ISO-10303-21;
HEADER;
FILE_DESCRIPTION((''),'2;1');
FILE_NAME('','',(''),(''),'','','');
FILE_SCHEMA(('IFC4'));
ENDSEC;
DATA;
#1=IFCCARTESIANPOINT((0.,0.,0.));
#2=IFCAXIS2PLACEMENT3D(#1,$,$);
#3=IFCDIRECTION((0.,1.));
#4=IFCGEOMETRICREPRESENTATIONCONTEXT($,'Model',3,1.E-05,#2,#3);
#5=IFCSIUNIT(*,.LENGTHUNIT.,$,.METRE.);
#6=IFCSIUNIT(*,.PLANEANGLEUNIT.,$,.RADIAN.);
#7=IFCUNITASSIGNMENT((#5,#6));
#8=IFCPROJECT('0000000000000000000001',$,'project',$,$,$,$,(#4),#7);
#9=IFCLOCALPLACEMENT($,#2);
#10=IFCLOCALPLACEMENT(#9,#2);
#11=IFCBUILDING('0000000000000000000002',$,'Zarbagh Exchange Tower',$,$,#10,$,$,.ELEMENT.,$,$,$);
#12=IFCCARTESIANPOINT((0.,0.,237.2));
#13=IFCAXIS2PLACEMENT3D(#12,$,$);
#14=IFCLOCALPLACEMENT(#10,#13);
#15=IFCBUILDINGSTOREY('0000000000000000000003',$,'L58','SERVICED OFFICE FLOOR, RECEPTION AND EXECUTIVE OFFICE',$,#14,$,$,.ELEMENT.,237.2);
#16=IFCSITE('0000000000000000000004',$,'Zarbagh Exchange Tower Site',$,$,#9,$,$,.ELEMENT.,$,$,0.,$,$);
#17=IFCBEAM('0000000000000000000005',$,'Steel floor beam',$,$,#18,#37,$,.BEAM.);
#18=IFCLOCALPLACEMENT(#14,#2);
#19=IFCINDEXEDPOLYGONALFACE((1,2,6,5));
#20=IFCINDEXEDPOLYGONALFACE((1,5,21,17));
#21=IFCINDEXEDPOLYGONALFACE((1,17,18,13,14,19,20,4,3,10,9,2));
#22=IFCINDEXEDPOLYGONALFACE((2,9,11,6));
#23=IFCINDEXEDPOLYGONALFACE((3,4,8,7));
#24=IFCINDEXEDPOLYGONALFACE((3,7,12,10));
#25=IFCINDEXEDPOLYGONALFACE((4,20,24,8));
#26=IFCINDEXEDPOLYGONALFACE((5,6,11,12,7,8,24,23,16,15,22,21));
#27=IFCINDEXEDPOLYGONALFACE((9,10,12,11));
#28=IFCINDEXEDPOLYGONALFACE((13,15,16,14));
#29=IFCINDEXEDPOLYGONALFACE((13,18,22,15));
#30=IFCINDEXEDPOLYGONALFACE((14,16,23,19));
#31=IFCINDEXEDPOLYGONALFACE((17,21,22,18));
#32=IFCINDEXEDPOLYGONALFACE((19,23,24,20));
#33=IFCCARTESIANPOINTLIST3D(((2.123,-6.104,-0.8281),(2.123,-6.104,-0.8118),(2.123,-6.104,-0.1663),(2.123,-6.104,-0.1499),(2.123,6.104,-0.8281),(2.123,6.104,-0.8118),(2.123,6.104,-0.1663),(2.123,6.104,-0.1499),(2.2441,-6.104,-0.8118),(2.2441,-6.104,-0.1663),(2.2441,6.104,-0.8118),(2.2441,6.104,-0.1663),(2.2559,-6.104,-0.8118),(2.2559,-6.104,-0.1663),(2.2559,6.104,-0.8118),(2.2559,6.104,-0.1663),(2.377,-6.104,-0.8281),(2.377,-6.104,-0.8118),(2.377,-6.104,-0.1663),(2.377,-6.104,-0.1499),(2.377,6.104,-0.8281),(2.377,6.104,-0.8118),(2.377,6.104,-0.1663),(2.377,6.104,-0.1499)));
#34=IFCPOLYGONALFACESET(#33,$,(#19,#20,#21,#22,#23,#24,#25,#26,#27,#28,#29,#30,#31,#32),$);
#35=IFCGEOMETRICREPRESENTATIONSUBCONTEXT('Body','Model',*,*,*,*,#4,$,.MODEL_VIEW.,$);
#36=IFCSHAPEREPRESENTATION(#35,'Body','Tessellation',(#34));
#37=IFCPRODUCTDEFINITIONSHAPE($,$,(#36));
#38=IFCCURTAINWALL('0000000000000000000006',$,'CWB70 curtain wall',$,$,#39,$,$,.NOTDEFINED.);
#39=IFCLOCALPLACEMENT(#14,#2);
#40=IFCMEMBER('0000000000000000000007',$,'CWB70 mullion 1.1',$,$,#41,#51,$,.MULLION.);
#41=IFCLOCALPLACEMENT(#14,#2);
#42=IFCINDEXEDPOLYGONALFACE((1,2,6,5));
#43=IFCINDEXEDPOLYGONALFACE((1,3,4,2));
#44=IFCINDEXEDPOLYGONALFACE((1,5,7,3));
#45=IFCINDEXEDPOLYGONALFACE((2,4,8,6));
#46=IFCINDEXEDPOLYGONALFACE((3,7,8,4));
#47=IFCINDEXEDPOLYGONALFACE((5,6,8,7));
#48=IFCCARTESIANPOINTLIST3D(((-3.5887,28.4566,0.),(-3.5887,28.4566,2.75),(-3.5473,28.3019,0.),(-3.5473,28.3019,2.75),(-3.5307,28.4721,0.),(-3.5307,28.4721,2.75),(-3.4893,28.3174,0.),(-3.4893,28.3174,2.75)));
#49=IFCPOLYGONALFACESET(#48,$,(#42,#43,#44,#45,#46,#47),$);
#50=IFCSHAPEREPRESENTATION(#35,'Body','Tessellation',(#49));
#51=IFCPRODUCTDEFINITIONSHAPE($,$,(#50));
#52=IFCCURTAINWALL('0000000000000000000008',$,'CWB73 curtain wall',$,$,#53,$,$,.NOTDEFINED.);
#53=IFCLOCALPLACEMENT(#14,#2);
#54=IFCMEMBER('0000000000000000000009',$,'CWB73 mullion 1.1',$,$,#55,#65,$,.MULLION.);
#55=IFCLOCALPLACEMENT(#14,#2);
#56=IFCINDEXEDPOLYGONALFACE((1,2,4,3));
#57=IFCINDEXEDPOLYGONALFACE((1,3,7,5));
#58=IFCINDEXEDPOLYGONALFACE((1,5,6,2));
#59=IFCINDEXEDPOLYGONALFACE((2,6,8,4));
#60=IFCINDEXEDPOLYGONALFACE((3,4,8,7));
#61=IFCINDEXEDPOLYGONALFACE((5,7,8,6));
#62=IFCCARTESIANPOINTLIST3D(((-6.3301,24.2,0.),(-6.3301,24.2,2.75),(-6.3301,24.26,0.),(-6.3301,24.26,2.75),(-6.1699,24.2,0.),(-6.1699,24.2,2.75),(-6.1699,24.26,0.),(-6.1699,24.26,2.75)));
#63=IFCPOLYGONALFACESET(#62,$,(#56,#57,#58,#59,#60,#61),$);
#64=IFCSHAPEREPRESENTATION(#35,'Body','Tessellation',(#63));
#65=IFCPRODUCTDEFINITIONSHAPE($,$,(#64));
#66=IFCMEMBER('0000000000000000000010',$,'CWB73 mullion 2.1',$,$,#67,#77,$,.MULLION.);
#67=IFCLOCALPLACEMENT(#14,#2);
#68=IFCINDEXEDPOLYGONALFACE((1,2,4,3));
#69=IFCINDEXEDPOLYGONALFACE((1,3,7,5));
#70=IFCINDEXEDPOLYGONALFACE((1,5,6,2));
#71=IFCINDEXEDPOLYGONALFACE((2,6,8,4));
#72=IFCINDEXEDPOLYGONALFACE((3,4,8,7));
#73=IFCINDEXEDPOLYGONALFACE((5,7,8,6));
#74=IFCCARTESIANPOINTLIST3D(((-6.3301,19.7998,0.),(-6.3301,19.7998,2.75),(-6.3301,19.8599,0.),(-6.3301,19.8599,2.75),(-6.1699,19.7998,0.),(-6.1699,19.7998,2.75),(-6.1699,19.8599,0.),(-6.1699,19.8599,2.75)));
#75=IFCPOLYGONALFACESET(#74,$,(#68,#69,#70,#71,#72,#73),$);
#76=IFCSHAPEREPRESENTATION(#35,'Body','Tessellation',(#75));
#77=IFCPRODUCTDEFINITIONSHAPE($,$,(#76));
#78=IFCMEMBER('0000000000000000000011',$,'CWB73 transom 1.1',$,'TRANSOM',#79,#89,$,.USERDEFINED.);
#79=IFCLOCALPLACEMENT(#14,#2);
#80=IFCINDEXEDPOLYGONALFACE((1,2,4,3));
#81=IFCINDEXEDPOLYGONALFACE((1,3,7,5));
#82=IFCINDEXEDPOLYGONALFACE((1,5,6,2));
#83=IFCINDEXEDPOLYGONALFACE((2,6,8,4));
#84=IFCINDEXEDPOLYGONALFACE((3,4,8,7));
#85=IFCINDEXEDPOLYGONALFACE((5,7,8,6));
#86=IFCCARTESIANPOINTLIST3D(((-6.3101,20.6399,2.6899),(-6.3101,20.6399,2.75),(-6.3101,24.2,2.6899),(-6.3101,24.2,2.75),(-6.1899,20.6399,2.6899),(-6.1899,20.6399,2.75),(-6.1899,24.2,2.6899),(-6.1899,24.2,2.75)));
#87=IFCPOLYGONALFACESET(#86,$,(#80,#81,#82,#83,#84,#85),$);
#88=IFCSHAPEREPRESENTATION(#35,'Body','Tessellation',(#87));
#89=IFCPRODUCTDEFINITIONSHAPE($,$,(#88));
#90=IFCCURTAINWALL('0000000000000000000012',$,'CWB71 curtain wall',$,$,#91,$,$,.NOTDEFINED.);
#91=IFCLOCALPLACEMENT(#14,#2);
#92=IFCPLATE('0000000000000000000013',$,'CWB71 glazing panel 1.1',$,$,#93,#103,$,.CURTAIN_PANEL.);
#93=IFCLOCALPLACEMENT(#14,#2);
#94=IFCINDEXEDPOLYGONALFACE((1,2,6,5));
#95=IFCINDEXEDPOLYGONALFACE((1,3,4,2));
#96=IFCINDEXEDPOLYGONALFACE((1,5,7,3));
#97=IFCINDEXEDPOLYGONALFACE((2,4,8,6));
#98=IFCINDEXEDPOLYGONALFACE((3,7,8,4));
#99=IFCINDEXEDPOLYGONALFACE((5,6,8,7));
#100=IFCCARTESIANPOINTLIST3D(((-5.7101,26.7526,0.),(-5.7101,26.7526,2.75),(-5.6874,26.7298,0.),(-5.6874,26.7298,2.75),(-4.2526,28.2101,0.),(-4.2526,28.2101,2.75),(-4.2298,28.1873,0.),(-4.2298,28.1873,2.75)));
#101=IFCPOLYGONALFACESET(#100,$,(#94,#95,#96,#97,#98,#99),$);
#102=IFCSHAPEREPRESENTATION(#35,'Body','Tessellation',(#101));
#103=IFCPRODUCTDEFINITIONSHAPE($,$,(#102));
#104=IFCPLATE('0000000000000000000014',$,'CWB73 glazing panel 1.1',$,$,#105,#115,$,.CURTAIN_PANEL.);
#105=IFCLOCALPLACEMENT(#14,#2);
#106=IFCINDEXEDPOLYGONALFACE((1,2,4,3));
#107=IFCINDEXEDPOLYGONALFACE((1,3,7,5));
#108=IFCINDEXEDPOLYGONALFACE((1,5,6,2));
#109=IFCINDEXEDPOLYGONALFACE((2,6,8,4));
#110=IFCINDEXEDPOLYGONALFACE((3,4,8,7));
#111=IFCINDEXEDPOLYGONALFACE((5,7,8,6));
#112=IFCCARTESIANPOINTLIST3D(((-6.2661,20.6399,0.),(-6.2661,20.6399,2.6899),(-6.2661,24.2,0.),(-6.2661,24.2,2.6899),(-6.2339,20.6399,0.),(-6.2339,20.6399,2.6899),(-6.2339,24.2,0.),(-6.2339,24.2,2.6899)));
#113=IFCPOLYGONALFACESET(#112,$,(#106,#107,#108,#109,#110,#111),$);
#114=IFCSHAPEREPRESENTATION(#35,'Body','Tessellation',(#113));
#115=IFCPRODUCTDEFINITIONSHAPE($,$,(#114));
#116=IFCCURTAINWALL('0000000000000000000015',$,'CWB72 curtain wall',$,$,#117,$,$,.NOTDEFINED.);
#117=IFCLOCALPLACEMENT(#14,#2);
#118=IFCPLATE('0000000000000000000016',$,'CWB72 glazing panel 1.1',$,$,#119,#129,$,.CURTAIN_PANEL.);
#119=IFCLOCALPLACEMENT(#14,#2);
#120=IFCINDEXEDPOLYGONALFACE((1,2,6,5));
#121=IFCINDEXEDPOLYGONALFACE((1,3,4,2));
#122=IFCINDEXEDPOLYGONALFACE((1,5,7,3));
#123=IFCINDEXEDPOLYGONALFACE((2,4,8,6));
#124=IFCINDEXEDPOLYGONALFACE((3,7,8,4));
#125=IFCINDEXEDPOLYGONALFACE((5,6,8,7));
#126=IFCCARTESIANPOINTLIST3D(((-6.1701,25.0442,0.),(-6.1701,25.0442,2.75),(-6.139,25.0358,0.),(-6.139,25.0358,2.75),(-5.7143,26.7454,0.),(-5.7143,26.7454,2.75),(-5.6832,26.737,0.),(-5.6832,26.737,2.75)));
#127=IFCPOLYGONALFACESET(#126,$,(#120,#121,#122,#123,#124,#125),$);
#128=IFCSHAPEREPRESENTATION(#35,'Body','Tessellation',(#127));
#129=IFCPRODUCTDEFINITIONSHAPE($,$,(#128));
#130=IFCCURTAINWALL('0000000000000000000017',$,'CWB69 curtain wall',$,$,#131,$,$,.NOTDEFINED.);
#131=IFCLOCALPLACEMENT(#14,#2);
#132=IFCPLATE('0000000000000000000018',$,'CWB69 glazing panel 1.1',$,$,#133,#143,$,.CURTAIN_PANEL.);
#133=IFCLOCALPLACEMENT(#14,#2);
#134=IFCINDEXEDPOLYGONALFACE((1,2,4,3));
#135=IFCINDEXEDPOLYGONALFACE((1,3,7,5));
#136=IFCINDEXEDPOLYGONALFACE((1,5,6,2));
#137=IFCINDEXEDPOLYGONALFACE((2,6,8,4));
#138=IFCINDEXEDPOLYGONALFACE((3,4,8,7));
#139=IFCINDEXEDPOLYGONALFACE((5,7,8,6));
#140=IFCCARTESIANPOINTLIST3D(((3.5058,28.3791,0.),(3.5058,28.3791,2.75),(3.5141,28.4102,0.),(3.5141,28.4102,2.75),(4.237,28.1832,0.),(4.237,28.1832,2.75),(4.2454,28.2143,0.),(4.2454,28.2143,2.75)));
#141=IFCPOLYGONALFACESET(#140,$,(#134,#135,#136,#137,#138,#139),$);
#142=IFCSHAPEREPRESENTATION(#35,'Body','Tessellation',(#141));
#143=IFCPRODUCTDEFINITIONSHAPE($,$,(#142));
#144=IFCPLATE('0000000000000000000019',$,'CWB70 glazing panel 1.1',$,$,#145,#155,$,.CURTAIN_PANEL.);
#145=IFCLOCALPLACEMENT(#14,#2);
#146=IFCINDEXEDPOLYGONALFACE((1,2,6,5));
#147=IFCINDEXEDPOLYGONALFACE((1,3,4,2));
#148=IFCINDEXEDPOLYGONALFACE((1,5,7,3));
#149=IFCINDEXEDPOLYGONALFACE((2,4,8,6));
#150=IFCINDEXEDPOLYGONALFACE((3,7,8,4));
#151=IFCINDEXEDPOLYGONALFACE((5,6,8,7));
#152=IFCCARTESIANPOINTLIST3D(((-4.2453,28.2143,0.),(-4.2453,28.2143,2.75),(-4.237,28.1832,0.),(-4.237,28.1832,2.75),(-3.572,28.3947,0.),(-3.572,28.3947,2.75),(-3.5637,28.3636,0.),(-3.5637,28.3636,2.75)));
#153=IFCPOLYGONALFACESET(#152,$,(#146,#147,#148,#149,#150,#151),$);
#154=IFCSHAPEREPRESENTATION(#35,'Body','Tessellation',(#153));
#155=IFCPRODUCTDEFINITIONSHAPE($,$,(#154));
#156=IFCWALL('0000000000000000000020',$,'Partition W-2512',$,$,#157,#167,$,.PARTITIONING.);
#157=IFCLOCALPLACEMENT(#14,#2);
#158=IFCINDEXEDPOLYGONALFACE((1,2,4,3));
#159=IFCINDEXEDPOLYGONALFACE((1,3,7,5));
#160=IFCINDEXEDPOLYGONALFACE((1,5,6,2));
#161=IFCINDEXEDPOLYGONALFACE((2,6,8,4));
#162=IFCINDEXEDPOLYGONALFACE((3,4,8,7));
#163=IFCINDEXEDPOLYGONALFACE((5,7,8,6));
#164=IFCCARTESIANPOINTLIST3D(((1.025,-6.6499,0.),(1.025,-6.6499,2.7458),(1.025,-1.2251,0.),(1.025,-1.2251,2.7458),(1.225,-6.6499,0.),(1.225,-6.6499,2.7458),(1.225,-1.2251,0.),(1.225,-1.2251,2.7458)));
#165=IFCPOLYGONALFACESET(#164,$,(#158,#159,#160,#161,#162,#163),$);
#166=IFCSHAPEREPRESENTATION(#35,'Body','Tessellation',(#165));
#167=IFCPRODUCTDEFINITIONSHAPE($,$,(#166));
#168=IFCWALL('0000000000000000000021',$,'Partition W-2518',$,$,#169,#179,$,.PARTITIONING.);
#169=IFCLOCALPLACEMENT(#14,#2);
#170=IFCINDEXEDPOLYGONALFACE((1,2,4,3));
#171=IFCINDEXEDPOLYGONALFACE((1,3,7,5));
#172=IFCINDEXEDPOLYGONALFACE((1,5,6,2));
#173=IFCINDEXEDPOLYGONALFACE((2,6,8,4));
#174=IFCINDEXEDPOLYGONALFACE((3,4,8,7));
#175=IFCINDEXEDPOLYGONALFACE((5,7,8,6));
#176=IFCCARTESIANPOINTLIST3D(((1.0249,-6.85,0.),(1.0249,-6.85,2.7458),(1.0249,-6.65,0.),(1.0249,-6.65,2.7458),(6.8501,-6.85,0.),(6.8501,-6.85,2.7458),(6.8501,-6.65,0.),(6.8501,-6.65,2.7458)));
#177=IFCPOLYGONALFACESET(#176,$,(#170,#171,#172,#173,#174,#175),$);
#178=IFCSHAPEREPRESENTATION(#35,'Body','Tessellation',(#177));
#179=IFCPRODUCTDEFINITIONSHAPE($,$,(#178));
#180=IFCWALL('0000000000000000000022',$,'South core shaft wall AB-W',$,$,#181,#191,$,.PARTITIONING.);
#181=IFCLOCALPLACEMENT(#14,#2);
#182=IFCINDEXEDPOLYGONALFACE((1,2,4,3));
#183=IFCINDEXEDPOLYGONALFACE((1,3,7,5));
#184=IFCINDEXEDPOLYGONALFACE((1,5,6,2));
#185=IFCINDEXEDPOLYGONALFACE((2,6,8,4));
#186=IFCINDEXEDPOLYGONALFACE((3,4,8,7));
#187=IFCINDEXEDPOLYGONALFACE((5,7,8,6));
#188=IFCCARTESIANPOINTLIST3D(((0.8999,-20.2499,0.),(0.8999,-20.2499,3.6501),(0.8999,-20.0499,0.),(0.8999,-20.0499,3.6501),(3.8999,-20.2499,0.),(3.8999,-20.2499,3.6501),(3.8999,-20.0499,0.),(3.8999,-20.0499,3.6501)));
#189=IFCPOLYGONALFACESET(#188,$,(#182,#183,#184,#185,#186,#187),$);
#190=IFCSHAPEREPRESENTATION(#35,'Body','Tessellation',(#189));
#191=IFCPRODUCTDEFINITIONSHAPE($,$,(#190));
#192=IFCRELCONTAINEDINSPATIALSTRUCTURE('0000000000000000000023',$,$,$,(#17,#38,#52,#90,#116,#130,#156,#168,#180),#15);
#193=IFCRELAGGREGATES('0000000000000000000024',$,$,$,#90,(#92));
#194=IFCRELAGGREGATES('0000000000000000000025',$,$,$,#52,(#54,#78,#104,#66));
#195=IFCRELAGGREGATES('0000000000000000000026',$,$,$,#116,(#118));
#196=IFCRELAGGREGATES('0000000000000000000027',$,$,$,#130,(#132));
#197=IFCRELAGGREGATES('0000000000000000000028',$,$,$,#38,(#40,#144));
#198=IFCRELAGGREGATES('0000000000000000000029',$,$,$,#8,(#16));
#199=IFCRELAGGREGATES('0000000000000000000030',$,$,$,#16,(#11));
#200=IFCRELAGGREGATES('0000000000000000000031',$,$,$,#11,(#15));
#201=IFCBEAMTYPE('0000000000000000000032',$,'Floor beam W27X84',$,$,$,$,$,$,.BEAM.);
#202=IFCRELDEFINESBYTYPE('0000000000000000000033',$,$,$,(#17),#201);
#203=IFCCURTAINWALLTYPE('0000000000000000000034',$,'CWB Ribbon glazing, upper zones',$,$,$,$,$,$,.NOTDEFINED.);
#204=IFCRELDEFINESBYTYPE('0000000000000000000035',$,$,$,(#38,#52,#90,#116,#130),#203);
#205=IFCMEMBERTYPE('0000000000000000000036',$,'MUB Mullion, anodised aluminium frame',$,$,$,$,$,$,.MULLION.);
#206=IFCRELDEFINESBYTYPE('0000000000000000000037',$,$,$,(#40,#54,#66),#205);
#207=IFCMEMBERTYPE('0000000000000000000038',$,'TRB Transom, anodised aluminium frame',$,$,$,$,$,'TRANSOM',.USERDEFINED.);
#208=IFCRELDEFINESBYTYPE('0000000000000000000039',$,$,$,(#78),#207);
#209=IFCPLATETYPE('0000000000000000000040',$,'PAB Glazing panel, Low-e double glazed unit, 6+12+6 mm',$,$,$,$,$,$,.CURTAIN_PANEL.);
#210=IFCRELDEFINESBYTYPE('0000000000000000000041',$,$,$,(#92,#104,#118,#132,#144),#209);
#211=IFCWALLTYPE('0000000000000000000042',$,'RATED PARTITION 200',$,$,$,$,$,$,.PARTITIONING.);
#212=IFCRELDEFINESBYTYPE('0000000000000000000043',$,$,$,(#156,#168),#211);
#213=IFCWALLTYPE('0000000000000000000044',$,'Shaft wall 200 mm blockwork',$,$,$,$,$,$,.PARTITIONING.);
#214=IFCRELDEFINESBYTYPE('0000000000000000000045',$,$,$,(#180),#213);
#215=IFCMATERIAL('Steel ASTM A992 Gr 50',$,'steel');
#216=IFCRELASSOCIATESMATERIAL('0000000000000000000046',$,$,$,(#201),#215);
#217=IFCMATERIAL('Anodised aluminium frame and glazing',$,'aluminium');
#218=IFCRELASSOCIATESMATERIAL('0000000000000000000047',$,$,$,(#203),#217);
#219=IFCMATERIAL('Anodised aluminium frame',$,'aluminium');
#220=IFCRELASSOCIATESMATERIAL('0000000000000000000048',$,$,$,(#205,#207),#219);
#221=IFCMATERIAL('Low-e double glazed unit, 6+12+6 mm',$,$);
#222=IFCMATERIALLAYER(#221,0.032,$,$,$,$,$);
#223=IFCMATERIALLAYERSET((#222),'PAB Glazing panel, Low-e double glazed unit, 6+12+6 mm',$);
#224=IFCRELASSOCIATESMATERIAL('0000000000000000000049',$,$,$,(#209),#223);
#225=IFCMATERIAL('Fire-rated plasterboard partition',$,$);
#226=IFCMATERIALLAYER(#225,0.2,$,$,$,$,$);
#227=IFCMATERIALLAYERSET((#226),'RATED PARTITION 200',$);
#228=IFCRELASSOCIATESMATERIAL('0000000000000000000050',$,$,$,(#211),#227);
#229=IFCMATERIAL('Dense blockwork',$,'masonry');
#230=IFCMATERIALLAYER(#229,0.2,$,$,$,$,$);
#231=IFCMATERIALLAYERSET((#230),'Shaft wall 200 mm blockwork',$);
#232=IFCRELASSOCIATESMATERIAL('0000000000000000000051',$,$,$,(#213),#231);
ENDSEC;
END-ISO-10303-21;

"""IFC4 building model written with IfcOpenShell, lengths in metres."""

from ifc_helpers import new_model, si_unit, direction, frame, frame_2d, origin, origin_2d, place, context, subcontext, project, spatial, polyline, rectangle, i_section, outline, extrude, source, transform, mapped, material, layer, layer_set, material_profile, profile_set, type_object, element, aggregate, save


model = new_model("IFC4")

# Units and contexts
model_context = context("Model", 3, precision=1e-05, world=origin(), true_north=direction((0.0, 1.0)))
body_context = subcontext(model_context, "Body", "Model", "MODEL_VIEW")
ifc_project = project(units=[si_unit("LENGTHUNIT", "METRE"), si_unit("PLANEANGLEUNIT", "RADIAN")], contexts=[model_context])

# Site, building, storey
site_placement = place(None, origin())
site = spatial("IfcSite", under=ifc_project, at=site_placement, Name="Zarbagh Exchange Tower Site", CompositionType="ELEMENT", RefElevation=0.0)
building_placement = place(site_placement, origin())
building = spatial("IfcBuilding", under=site, at=building_placement, Name="Zarbagh Exchange Tower", CompositionType="ELEMENT")
storey_placement = place(building_placement, frame((0.0, 0.0, 237.2)))
storey = spatial("IfcBuildingStorey", under=building, at=storey_placement, Name="L58", Description="SERVICED OFFICE FLOOR, RECEPTION AND EXECUTIVE OFFICE", CompositionType="ELEMENT", Elevation=237.2)

# Beam
ifc_material_1 = material(Name="Steel ASTM A992 Gr 50", Category="steel")
ifc_material_profile = material_profile(ifc_material_1, i_section(OverallWidth=0.2539, OverallDepth=0.6782, WebThickness=0.0117, FlangeThickness=0.0164, at=origin_2d()), Name="W27X84")
ifc_profile_set = profile_set([ifc_material_profile], Name="Steel ASTM A992 Gr 50")
beam_type = type_object("IfcBeamType", Name="Floor beam W27X84", PredefinedType="BEAM", material=ifc_profile_set)
beam_placement = place(storey_placement, frame((2.25, -6.104, -0.489), z_axis=(0.0, 1.0, 0.0), x_axis=(-1.0, 0.0, 0.0)))
element("IfcBeam", 1, at=beam_placement, inside=storey, type_object=beam_type, Name="Steel floor beam", PredefinedType="BEAM", context=body_context, shape_type="SweptSolid", body=[
    extrude(i_section(OverallWidth=0.2539, OverallDepth=0.6782, WebThickness=0.0117, FlangeThickness=0.0164, at=origin_2d()), origin(), (0.0, 0.0, 1.0), 12.208),
])

# Curtain wall, member
ifc_material_2 = material(Name="Anodised aluminium frame and glazing", Category="aluminium")
curtain_wall_type = type_object("IfcCurtainWallType", Name="CWB Ribbon glazing, upper zones", PredefinedType="NOTDEFINED", material=ifc_material_2)
curtain_wall_1_placement = place(storey_placement, origin())
curtain_wall_1 = element("IfcCurtainWall", 2, at=curtain_wall_1_placement, inside=storey, type_object=curtain_wall_type, Name="CWB70 curtain wall", PredefinedType="NOTDEFINED")
ifc_material_3 = material(Name="Anodised aluminium frame", Category="aluminium")
member_type_1 = type_object("IfcMemberType", Name="MUB Mullion, anodised aluminium frame", PredefinedType="MULLION", material=ifc_material_3)
shared_shape_1 = source(origin(), body_context, "Body", "SweptSolid", [
    extrude(outline(polyline([(0.0, -0.0801), (0.0601, -0.0801), (0.0601, 0.0801), (0.0, 0.0801), (0.0, -0.0801)])), origin(), (0.0, 0.0, 1.0), 2.75),
])
placement = place(storey_placement, origin())
member_1 = element("IfcMember", 3, at=placement, type_object=member_type_1, Name="CWB70 mullion 1.1", PredefinedType="MULLION", context=body_context, shape_type="MappedRepresentation", body=[
    mapped(shared_shape_1, transform((-3.51, 28.3948, 0.0), x_axis=(-0.965924, -0.258825, 0.0), y_axis=(0.258825, -0.965924, 0.0), z_axis=(0.0, 0.0, 1.0))),
])

# Curtain wall, members
curtain_wall_2_placement = place(storey_placement, origin())
curtain_wall_2 = element("IfcCurtainWall", 4, at=curtain_wall_2_placement, inside=storey, type_object=curtain_wall_type, Name="CWB73 curtain wall", PredefinedType="NOTDEFINED")
member_2 = element("IfcMember", 5, at=placement, type_object=member_type_1, Name="CWB73 mullion 1.1", PredefinedType="MULLION", context=body_context, shape_type="MappedRepresentation", body=[
    mapped(shared_shape_1, transform((-6.25, 24.26, 0.0), x_axis=(0.0, -1.0, 0.0), y_axis=(1.0, 0.0, 0.0), z_axis=(0.0, 0.0, 1.0))),
])
member_3 = element("IfcMember", 6, at=placement, type_object=member_type_1, Name="CWB73 mullion 2.1", PredefinedType="MULLION", context=body_context, shape_type="MappedRepresentation", body=[
    mapped(shared_shape_1, transform((-6.25, 19.8599, 0.0), x_axis=(0.0, -1.0, 0.0), y_axis=(1.0, 0.0, 0.0), z_axis=(0.0, 0.0, 1.0))),
])
member_type_2 = type_object("IfcMemberType", Name="TRB Transom, anodised aluminium frame", ElementType="TRANSOM", PredefinedType="USERDEFINED", material=ifc_material_3)
shared_shape_2 = source(origin(), body_context, "Body", "SweptSolid", [
    extrude(outline(polyline([(-0.0601, -0.0601), (0.0, -0.0601), (0.0, 0.0601), (-0.0601, 0.0601), (-0.0601, -0.0601)])), origin(), (0.0, 0.0, 1.0), 3.5601),
])
member_4 = element("IfcMember", 7, at=placement, type_object=member_type_2, Name="CWB73 transom 1.1", ObjectType="TRANSOM", PredefinedType="USERDEFINED", context=body_context, shape_type="MappedRepresentation", body=[
    mapped(shared_shape_2, transform((-6.25, 24.2, 2.75), x_axis=(0.0, 0.0, 1.0), y_axis=(-1.0, 0.0, 0.0), z_axis=(0.0, -1.0, 0.0))),
])

# Curtain wall, plate
curtain_wall_3_placement = place(storey_placement, origin())
curtain_wall_3 = element("IfcCurtainWall", 8, at=curtain_wall_3_placement, inside=storey, type_object=curtain_wall_type, Name="CWB71 curtain wall", PredefinedType="NOTDEFINED")
ifc_material_4 = material(Name="Low-e double glazed unit, 6+12+6 mm")
ifc_layer_1 = layer(ifc_material_4, 0.032)
ifc_layer_set_1 = layer_set([ifc_layer_1], Name="PAB Glazing panel, Low-e double glazed unit, 6+12+6 mm")
plate_type = type_object("IfcPlateType", Name="PAB Glazing panel, Low-e double glazed unit, 6+12+6 mm", PredefinedType="CURTAIN_PANEL", material=ifc_layer_set_1)
shared_shape_3 = source(origin(), body_context, "Body", "SweptSolid", [
    extrude(outline(polyline([(0.0, -0.0161), (2.0613, -0.0161), (2.0613, 0.0161), (0.0, 0.0161), (0.0, -0.0161)])), origin(), (0.0, 0.0, 1.0), 2.75),
])
plate_1 = element("IfcPlate", 9, at=placement, type_object=plate_type, Name="CWB71 glazing panel 1.1", PredefinedType="CURTAIN_PANEL", context=body_context, shape_type="MappedRepresentation", body=[
    mapped(shared_shape_3, transform((-4.2412, 28.1987, 0.0), x_axis=(-0.707107, -0.707107, 0.0), y_axis=(0.707107, -0.707107, 0.0), z_axis=(0.0, 0.0, 1.0))),
])
aggregate(curtain_wall_3, [plate_1])

# Plate
shared_shape_4 = source(origin(), body_context, "Body", "SweptSolid", [
    extrude(outline(polyline([(0.0, -0.0161), (3.5601, -0.0161), (3.5601, 0.0161), (0.0, 0.0161), (0.0, -0.0161)])), origin(), (0.0, 0.0, 1.0), 2.6899),
])
plate_2 = element("IfcPlate", 10, at=placement, type_object=plate_type, Name="CWB73 glazing panel 1.1", PredefinedType="CURTAIN_PANEL", context=body_context, shape_type="MappedRepresentation", body=[
    mapped(shared_shape_4, transform((-6.25, 24.2, 0.0), x_axis=(0.0, -1.0, 0.0), y_axis=(1.0, 0.0, 0.0), z_axis=(0.0, 0.0, 1.0))),
])
aggregate(curtain_wall_2, [member_2, member_4, plate_2, member_3])

# Curtain walls, plates
curtain_wall_4_placement = place(storey_placement, origin())
curtain_wall_4 = element("IfcCurtainWall", 11, at=curtain_wall_4_placement, inside=storey, type_object=curtain_wall_type, Name="CWB72 curtain wall", PredefinedType="NOTDEFINED")
shared_shape_5 = source(origin(), body_context, "Body", "SweptSolid", [
    extrude(outline(polyline([(0.0, -0.0161), (1.7612, -0.0161), (1.7612, 0.0161), (0.0, 0.0161), (0.0, -0.0161)])), origin(), (0.0, 0.0, 1.0), 2.75),
])
plate_3 = element("IfcPlate", 12, at=placement, type_object=plate_type, Name="CWB72 glazing panel 1.1", PredefinedType="CURTAIN_PANEL", context=body_context, shape_type="MappedRepresentation", body=[
    mapped(shared_shape_5, transform((-5.6987, 26.7412, 0.0), x_axis=(-0.258825, -0.965924, 0.0), y_axis=(0.965924, -0.258825, 0.0), z_axis=(0.0, 0.0, 1.0))),
])
aggregate(curtain_wall_4, [plate_3])
curtain_wall_5_placement = place(storey_placement, origin())
curtain_wall_5 = element("IfcCurtainWall", 13, at=curtain_wall_5_placement, inside=storey, type_object=curtain_wall_type, Name="CWB69 curtain wall", PredefinedType="NOTDEFINED")
shared_shape_6 = source(origin(), body_context, "Body", "SweptSolid", [
    extrude(outline(polyline([(0.0, -0.0161), (0.7571, -0.0161), (0.7571, 0.0161), (0.0, 0.0161), (0.0, -0.0161)])), origin(), (0.0, 0.0, 1.0), 2.75),
])
plate_4 = element("IfcPlate", 14, at=placement, type_object=plate_type, Name="CWB69 glazing panel 1.1", PredefinedType="CURTAIN_PANEL", context=body_context, shape_type="MappedRepresentation", body=[
    mapped(shared_shape_6, transform((4.2412, 28.1987, 0.0), x_axis=(-0.965924, 0.258825, 0.0), y_axis=(-0.258825, -0.965924, 0.0), z_axis=(0.0, 0.0, 1.0))),
])
aggregate(curtain_wall_5, [plate_4])

# Plate
shared_shape_7 = source(origin(), body_context, "Body", "SweptSolid", [
    extrude(outline(polyline([(0.0, -0.0161), (0.697, -0.0161), (0.697, 0.0161), (0.0, 0.0161), (0.0, -0.0161)])), origin(), (0.0, 0.0, 1.0), 2.75),
])
plate_5 = element("IfcPlate", 15, at=placement, type_object=plate_type, Name="CWB70 glazing panel 1.1", PredefinedType="CURTAIN_PANEL", context=body_context, shape_type="MappedRepresentation", body=[
    mapped(shared_shape_7, transform((-3.5679, 28.3792, 0.0), x_axis=(-0.965924, -0.258825, 0.0), y_axis=(0.258825, -0.965924, 0.0), z_axis=(0.0, 0.0, 1.0))),
])
aggregate(curtain_wall_1, [member_1, plate_5])

# Walls
ifc_material_5 = material(Name="Fire-rated plasterboard partition")
ifc_layer_2 = layer(ifc_material_5, 0.2)
ifc_layer_set_2 = layer_set([ifc_layer_2], Name="RATED PARTITION 200")
wall_type_1 = type_object("IfcWallType", Name="RATED PARTITION 200", PredefinedType="PARTITIONING", material=ifc_layer_set_2)
wall_1_placement = place(storey_placement, frame((1.125, -6.6499, 0.0), z_axis=(0.0, 0.0, 1.0), x_axis=(0.0, 1.0, 0.0)))
element("IfcWall", 16, at=wall_1_placement, inside=storey, type_object=wall_type_1, Name="Partition W-2512", PredefinedType="PARTITIONING", context=body_context, shape_type="SweptSolid", body=[
    extrude(rectangle(XDim=5.4248, YDim=0.2, at=frame_2d((2.7124, 0.0))), origin(), (0.0, 0.0, 1.0), 2.7458),
])
wall_2_placement = place(storey_placement, frame((1.0249, -6.75, 0.0), z_axis=(0.0, 0.0, 1.0), x_axis=(1.0, 0.0, 0.0)))
element("IfcWall", 17, at=wall_2_placement, inside=storey, type_object=wall_type_1, Name="Partition W-2518", PredefinedType="PARTITIONING", context=body_context, shape_type="SweptSolid", body=[
    extrude(rectangle(XDim=5.8252, YDim=0.2, at=frame_2d((2.9126, 0.0))), origin(), (0.0, 0.0, 1.0), 2.7458),
])
ifc_material_6 = material(Name="Dense blockwork", Category="masonry")
ifc_layer_3 = layer(ifc_material_6, 0.2)
ifc_layer_set_3 = layer_set([ifc_layer_3], Name="Shaft wall 200 mm blockwork")
wall_type_2 = type_object("IfcWallType", Name="Shaft wall 200 mm blockwork", PredefinedType="PARTITIONING", material=ifc_layer_set_3)
wall_3_placement = place(storey_placement, frame((3.8999, -20.1499, 0.0), z_axis=(0.0, 0.0, 1.0), x_axis=(-1.0, 0.0, 0.0)))
element("IfcWall", 18, at=wall_3_placement, inside=storey, type_object=wall_type_2, Name="South core shaft wall AB-W", PredefinedType="PARTITIONING", context=body_context, shape_type="SweptSolid", body=[
    extrude(rectangle(XDim=3.0, YDim=0.2, at=frame_2d((1.5, 0.0))), origin(), (0.0, 0.0, 1.0), 3.6501),
])

save(model, "model.ifc")
